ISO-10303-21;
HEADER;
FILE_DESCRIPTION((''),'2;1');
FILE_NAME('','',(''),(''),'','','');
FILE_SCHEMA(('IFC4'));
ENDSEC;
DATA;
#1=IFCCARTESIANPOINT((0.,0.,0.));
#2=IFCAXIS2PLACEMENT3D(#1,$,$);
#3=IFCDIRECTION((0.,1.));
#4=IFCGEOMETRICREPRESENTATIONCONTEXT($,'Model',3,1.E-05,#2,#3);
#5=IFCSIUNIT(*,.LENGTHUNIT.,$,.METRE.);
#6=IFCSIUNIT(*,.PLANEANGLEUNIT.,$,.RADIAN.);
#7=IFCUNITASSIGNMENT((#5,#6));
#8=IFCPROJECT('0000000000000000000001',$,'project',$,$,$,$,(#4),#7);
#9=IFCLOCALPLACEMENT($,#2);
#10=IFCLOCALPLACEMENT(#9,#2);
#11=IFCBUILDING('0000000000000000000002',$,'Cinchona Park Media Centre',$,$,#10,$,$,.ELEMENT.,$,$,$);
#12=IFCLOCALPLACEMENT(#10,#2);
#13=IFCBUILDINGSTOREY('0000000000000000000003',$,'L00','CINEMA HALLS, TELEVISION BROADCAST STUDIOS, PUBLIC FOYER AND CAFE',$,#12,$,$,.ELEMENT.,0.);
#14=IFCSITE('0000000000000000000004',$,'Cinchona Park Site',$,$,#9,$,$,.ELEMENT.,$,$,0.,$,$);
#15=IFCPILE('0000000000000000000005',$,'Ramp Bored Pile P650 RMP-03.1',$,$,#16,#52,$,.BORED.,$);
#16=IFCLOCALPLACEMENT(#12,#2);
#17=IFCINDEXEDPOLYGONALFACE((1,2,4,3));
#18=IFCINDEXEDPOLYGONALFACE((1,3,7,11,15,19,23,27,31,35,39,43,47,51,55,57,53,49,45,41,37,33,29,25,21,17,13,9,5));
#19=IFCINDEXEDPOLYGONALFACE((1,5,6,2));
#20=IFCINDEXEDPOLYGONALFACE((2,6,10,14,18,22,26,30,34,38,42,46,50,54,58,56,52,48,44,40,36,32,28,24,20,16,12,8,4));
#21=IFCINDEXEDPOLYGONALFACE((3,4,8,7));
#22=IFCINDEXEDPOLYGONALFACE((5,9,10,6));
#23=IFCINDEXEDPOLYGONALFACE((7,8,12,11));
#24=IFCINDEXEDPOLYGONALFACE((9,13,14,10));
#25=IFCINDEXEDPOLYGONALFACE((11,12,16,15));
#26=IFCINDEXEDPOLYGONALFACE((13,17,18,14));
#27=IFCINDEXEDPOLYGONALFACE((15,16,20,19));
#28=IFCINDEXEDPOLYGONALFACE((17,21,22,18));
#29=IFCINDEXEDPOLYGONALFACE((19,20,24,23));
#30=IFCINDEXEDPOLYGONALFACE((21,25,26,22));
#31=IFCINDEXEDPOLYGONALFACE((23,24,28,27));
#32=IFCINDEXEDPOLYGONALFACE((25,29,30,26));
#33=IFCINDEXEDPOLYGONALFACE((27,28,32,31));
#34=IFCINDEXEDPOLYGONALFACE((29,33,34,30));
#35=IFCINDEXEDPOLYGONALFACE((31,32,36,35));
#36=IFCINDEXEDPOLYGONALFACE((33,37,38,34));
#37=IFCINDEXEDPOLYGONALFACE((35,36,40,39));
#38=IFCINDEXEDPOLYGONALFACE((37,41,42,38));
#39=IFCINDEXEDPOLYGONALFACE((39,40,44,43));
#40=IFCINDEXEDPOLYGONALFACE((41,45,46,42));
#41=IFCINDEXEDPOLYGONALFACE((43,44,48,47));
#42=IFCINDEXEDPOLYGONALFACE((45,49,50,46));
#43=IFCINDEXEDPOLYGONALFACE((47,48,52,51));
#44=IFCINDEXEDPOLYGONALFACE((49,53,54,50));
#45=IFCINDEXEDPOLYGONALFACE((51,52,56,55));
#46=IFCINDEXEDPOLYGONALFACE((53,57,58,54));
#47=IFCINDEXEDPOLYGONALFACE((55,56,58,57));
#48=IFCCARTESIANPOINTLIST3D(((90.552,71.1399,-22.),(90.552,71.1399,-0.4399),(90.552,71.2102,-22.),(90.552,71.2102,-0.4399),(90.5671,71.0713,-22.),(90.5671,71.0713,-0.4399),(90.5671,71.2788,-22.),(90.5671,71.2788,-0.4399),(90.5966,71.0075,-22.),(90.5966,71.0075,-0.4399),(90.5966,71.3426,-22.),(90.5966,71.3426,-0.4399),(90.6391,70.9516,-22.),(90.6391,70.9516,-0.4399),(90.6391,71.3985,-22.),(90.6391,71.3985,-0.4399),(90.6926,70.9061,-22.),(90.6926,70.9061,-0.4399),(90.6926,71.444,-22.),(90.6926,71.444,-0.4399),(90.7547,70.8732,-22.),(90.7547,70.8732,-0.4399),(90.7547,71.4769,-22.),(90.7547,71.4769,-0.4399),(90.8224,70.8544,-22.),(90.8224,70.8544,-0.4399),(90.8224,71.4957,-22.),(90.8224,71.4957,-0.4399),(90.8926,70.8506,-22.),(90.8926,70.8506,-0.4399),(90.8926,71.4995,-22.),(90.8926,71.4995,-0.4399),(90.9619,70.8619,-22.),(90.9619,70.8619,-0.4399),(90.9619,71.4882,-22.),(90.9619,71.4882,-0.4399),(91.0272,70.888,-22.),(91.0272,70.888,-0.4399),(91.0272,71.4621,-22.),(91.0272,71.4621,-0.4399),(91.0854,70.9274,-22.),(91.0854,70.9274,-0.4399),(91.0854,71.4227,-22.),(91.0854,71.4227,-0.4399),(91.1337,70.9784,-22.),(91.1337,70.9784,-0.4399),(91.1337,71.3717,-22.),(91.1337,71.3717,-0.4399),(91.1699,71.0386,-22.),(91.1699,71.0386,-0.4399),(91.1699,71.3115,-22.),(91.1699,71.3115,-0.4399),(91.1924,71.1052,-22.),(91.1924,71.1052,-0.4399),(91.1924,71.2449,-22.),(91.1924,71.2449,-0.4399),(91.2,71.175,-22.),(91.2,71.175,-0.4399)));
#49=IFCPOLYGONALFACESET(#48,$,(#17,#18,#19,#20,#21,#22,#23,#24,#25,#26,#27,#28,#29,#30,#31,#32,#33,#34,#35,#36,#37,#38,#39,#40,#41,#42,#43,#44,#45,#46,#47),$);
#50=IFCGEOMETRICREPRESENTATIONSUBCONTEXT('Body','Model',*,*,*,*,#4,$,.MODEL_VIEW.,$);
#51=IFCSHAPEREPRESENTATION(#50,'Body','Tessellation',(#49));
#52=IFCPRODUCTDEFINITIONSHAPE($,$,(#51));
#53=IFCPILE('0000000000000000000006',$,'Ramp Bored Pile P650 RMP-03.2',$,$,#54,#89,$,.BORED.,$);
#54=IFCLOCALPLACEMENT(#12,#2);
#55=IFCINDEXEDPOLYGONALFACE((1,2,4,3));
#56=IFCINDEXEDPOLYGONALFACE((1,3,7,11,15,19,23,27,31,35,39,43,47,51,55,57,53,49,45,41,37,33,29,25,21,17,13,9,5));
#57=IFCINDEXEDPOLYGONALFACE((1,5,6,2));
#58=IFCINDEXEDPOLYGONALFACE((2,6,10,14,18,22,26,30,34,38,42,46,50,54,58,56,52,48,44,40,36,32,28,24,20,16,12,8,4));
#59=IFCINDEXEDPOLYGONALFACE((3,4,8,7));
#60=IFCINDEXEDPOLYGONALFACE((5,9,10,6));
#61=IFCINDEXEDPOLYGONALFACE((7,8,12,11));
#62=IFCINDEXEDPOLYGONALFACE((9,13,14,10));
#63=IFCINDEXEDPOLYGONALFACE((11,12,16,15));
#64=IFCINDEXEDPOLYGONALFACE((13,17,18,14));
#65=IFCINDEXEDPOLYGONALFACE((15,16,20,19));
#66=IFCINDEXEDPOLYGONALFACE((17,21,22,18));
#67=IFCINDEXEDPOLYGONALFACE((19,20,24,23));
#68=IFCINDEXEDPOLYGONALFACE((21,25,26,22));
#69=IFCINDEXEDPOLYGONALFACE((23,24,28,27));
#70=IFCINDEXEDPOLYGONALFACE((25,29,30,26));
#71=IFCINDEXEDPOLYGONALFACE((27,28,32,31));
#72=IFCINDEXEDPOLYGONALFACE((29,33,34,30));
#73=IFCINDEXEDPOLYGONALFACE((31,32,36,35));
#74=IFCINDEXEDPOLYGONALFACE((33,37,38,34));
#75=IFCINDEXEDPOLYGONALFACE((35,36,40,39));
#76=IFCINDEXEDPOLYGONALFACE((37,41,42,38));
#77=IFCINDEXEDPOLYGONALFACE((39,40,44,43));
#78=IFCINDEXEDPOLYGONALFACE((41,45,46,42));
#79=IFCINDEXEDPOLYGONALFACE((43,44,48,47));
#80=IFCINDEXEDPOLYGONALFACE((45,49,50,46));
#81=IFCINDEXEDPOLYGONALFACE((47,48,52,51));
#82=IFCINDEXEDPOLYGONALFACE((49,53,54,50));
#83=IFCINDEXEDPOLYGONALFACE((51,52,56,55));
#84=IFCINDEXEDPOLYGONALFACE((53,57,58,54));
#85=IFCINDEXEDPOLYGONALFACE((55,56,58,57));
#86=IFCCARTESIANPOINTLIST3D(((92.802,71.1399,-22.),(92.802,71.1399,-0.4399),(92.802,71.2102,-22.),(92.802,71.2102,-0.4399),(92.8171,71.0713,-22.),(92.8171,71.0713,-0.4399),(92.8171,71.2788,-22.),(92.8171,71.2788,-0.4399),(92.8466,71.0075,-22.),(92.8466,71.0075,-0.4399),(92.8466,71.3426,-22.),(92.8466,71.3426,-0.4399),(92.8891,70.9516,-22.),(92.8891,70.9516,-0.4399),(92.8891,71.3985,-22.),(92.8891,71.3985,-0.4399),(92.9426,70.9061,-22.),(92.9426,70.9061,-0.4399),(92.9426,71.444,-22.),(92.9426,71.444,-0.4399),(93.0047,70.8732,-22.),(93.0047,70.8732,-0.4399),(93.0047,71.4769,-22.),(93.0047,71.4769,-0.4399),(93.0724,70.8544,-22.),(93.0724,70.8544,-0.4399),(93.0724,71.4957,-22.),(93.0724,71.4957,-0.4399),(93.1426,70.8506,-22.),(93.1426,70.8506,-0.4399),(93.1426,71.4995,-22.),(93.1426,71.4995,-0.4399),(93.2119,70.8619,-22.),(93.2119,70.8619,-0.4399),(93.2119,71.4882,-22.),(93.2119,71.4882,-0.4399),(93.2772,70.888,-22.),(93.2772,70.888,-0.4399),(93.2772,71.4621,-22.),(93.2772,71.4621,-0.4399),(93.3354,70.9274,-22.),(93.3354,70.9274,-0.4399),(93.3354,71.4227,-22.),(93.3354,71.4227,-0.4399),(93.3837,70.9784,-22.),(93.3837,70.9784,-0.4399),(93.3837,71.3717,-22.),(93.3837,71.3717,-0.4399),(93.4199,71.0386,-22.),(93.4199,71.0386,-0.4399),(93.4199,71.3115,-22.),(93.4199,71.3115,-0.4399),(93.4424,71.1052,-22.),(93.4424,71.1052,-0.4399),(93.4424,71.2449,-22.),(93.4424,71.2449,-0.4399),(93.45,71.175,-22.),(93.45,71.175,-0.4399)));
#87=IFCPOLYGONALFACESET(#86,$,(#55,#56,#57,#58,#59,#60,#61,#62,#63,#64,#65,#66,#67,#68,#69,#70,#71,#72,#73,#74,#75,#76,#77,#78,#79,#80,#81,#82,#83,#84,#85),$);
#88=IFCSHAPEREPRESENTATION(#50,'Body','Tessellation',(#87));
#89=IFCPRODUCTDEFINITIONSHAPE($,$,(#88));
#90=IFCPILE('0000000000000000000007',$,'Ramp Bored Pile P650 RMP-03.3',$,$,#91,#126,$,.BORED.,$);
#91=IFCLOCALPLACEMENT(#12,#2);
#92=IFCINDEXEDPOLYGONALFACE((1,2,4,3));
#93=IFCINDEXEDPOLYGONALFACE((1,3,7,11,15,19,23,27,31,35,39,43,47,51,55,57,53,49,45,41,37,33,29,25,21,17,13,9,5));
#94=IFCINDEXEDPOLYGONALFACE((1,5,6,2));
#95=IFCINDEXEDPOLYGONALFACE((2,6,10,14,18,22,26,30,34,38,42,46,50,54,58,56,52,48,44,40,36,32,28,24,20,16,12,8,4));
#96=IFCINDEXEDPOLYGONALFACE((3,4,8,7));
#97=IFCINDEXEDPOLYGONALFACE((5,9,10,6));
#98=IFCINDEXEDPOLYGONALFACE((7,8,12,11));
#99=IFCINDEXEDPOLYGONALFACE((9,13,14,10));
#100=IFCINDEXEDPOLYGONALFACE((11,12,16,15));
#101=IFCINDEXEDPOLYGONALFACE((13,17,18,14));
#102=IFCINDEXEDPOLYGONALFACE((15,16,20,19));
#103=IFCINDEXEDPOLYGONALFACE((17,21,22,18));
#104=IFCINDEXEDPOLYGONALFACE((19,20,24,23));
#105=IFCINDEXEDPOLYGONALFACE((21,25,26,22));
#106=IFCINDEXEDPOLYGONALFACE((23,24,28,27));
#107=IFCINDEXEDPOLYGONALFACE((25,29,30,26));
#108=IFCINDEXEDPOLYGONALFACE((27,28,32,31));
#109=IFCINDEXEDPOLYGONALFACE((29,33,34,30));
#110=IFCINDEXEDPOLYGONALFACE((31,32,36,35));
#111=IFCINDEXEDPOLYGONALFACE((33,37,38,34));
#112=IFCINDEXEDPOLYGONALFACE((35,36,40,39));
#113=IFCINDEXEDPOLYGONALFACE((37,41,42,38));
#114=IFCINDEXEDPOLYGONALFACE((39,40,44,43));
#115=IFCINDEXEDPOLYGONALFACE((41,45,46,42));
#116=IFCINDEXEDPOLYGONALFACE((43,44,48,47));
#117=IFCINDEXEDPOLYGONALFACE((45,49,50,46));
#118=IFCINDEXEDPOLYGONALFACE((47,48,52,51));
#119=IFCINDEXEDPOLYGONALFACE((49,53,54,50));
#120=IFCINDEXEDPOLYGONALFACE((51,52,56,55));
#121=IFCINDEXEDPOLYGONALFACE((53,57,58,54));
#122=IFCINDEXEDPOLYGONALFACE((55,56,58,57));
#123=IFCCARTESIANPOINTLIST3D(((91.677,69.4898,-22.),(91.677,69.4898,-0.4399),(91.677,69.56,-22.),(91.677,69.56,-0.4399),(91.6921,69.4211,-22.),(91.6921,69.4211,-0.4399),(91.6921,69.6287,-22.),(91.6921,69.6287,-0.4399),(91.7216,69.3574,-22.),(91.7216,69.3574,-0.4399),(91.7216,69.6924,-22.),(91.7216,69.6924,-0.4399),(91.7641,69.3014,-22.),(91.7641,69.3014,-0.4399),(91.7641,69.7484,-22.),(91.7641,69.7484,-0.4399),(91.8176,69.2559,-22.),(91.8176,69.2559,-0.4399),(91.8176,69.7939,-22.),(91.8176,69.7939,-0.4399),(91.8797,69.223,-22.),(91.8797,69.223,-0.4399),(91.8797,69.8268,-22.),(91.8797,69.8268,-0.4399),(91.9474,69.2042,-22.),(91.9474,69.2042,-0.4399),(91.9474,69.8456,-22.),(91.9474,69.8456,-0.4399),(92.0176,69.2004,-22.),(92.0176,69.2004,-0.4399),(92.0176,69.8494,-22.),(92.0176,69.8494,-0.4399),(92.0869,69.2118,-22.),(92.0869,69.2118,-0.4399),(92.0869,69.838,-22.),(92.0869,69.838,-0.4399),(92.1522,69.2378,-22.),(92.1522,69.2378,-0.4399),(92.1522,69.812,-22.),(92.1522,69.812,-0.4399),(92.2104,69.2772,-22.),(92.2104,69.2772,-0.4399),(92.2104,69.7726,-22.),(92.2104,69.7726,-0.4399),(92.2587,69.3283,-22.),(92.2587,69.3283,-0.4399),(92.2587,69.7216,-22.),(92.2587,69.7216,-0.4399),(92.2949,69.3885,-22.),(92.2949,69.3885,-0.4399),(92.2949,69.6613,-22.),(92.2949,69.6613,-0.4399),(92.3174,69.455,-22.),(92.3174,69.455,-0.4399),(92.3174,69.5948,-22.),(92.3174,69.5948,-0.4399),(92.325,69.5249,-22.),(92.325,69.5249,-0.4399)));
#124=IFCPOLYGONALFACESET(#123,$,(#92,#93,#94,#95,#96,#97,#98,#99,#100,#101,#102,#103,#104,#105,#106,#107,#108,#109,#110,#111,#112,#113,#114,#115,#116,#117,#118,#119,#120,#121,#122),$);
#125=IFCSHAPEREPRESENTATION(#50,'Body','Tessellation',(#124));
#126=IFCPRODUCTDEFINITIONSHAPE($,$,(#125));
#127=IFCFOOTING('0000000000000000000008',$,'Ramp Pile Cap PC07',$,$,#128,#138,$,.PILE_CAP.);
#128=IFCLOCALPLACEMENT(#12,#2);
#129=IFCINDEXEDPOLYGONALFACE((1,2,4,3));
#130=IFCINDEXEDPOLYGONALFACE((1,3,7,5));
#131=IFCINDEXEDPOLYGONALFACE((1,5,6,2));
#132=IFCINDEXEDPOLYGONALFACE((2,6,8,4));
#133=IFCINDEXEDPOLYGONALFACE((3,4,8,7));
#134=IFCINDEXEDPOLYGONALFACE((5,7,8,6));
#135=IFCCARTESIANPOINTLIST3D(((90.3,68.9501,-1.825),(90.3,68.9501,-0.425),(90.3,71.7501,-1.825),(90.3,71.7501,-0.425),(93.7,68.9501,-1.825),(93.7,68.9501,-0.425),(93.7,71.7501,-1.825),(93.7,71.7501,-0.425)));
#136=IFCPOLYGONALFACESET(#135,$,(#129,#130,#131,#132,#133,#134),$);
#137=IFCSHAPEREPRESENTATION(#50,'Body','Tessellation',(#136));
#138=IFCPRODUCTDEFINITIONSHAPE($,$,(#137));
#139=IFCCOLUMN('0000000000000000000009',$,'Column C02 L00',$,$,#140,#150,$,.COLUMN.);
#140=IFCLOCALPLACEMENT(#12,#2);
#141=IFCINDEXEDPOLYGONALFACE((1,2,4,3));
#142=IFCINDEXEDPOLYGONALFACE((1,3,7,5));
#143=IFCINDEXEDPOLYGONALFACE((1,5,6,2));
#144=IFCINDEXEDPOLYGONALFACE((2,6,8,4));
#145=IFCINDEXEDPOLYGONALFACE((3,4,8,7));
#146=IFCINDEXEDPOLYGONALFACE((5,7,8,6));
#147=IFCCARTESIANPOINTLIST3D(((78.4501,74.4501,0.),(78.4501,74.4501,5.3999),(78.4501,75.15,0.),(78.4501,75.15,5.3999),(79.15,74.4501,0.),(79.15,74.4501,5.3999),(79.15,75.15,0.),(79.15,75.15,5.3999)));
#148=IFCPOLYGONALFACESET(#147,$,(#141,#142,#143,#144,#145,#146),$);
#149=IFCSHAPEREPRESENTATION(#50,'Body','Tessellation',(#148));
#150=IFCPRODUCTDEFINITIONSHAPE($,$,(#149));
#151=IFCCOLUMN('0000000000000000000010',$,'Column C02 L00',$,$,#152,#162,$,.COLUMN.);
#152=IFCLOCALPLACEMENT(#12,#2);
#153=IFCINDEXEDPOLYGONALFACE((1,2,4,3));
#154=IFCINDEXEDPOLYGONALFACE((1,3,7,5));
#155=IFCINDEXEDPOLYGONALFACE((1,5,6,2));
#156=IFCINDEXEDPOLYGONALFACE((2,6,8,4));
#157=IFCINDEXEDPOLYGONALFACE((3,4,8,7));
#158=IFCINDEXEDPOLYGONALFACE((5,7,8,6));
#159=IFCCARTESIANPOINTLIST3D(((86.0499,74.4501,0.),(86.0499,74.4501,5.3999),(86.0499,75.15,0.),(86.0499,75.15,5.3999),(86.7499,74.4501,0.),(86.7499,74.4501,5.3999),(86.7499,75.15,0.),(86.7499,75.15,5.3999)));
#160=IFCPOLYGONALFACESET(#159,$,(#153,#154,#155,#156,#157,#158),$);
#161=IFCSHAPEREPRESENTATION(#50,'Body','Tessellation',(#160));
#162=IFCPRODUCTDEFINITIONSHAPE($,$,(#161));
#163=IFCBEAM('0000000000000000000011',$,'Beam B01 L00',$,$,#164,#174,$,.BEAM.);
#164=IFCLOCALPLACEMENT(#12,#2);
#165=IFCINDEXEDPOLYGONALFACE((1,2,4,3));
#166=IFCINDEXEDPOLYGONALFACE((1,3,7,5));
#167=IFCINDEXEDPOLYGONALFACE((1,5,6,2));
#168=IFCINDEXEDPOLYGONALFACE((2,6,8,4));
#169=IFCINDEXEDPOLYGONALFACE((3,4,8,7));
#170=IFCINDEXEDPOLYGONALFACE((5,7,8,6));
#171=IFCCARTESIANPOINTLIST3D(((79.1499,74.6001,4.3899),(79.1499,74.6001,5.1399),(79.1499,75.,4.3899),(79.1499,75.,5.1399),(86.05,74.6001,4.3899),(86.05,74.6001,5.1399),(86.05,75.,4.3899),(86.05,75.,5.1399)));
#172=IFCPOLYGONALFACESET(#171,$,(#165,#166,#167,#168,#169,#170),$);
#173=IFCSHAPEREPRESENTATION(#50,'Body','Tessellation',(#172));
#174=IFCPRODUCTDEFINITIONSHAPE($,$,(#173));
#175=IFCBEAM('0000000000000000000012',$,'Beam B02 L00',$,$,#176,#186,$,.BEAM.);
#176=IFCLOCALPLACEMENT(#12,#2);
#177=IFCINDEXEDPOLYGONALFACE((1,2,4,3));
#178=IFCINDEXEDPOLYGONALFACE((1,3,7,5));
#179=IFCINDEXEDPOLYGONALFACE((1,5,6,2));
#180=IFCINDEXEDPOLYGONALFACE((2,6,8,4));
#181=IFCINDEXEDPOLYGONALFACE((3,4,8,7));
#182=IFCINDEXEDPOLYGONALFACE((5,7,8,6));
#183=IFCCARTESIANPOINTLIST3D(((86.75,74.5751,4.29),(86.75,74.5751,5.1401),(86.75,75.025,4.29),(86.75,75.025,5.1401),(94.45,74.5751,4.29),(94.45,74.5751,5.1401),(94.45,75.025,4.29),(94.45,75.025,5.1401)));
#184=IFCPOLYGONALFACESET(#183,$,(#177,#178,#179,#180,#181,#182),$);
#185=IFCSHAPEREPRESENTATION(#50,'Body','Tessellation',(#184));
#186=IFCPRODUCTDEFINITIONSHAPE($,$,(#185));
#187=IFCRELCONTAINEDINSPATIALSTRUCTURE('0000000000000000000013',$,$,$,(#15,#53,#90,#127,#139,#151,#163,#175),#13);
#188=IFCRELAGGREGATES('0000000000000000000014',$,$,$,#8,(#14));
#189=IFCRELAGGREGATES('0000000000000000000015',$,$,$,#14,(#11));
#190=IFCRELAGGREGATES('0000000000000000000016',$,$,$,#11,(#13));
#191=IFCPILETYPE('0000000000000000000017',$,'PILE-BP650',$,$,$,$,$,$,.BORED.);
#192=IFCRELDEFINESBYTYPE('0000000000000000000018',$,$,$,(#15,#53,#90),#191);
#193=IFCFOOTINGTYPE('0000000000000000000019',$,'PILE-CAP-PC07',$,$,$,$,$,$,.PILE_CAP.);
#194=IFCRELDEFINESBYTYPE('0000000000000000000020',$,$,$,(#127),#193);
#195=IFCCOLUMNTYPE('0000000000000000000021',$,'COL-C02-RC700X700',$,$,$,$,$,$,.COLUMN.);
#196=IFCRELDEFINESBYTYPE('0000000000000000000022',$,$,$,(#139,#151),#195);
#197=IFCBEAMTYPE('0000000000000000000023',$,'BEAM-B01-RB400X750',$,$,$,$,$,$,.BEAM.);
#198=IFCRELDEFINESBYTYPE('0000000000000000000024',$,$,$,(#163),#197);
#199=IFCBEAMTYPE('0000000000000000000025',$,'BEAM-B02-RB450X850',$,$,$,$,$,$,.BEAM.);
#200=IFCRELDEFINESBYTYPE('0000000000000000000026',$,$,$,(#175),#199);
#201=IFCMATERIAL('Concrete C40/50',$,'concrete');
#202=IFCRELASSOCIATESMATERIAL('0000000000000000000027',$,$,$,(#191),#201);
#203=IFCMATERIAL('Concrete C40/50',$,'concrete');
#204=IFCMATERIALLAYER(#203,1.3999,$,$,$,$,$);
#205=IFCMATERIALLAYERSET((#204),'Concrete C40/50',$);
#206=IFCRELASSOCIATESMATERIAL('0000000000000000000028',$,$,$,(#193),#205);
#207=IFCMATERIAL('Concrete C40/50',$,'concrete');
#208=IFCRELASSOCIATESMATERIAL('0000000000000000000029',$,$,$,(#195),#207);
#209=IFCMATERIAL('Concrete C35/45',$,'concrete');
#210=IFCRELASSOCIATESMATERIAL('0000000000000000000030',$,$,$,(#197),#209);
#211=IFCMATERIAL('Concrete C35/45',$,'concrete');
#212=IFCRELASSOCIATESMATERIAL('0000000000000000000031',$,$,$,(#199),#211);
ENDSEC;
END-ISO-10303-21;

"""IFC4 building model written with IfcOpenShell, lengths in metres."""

from ifc_helpers import new_model, si_unit, direction, frame, origin, origin_2d, place, context, subcontext, project, spatial, rectangle, circle, extrude, material, layer, layer_set, material_profile, profile_set, type_object, element, save


model = new_model("IFC4")

# Units and contexts
model_context = context("Model", 3, precision=1e-05, world=origin(), true_north=direction((0.0, 1.0)))
body_context = subcontext(model_context, "Body", "Model", "MODEL_VIEW")
ifc_project = project(units=[si_unit("LENGTHUNIT", "METRE"), si_unit("PLANEANGLEUNIT", "RADIAN")], contexts=[model_context])

# Site, building, storey
site_placement = place(None, origin())
site = spatial("IfcSite", under=ifc_project, at=site_placement, Name="Cinchona Park Site", CompositionType="ELEMENT", RefElevation=0.0)
building_placement = place(site_placement, origin())
building = spatial("IfcBuilding", under=site, at=building_placement, Name="Cinchona Park Media Centre", CompositionType="ELEMENT")
storey_placement = place(building_placement, origin())
storey = spatial("IfcBuildingStorey", under=building, at=storey_placement, Name="L00", Description="CINEMA HALLS, TELEVISION BROADCAST STUDIOS, PUBLIC FOYER AND CAFE", CompositionType="ELEMENT", Elevation=0.0)

# Piles
ifc_material_1 = material(Name="Concrete C40/50", Category="concrete")
ifc_material_profile_1 = material_profile(ifc_material_1, circle(Radius=0.325, at=origin_2d()), Name="BORED PILE 650")
ifc_profile_set_1 = profile_set([ifc_material_profile_1], Name="Concrete C40/50")
pile_type = type_object("IfcPileType", Name="PILE-BP650", PredefinedType="BORED", material=ifc_profile_set_1)
for number, where, z_axis, x_axis, name in (
    (1, (90.875, 71.175, -0.4399), (0.0, 0.0, -1.0), (1.0, 0.0, 0.0), "Ramp Bored Pile P650 RMP-03.1"),
    (2, (93.125, 71.175, -0.4399), (0.0, 0.0, -1.0), (1.0, 0.0, 0.0), "Ramp Bored Pile P650 RMP-03.2"),
    (3, (92.0, 69.5249, -0.4399), (0.0, 0.0, -1.0), (1.0, 0.0, 0.0), "Ramp Bored Pile P650 RMP-03.3"),
):
    element("IfcPile", number, at=place(storey_placement, frame(where, z_axis=z_axis, x_axis=x_axis)), inside=storey, type_object=pile_type, Name=name, PredefinedType="BORED", context=body_context, shape_type="SweptSolid", body=[
        extrude(circle(Radius=0.325, at=origin_2d()), origin(), (0.0, 0.0, 1.0), 21.5601),
    ])

# Footing
ifc_material_2 = material(Name="Concrete C40/50", Category="concrete")
ifc_layer_1 = layer(ifc_material_2, 1.3999)
ifc_layer_set_1 = layer_set([ifc_layer_1], Name="Concrete C40/50")
footing_type = type_object("IfcFootingType", Name="PILE-CAP-PC07", PredefinedType="PILE_CAP", material=ifc_layer_set_1)
footing_placement = place(storey_placement, frame((92.0, 70.3501, -1.825), z_axis=(0.0, 0.0, 1.0), x_axis=(1.0, 0.0, 0.0)))
element("IfcFooting", 4, at=footing_placement, inside=storey, type_object=footing_type, Name="Ramp Pile Cap PC07", PredefinedType="PILE_CAP", context=body_context, shape_type="SweptSolid", body=[
    extrude(rectangle(XDim=3.3999, YDim=2.8, at=origin_2d()), origin(), (0.0, 0.0, 1.0), 1.3999),
])

# Columns
ifc_material_3 = material(Name="Concrete C40/50", Category="concrete")
ifc_material_profile_2 = material_profile(ifc_material_3, rectangle(XDim=0.7, YDim=0.7, at=origin_2d()), Name="RC 700X700")
ifc_profile_set_2 = profile_set([ifc_material_profile_2], Name="Concrete C40/50")
column_type = type_object("IfcColumnType", Name="COL-C02-RC700X700", PredefinedType="COLUMN", material=ifc_profile_set_2)
for number, where, z_axis, x_axis, name in (
    (5, (78.8, 74.8, 0.0), (0.0, 0.0, 1.0), (1.0, 0.0, 0.0), "Column C02 L00"),
    (6, (86.3999, 74.8, 0.0), (0.0, 0.0, 1.0), (1.0, 0.0, 0.0), "Column C02 L00"),
):
    element("IfcColumn", number, at=place(storey_placement, frame(where, z_axis=z_axis, x_axis=x_axis)), inside=storey, type_object=column_type, Name=name, PredefinedType="COLUMN", context=body_context, shape_type="SweptSolid", body=[
        extrude(rectangle(XDim=0.7, YDim=0.7, at=origin_2d()), origin(), (0.0, 0.0, 1.0), 5.3999),
    ])

# Beams
ifc_material_4 = material(Name="Concrete C35/45", Category="concrete")
ifc_material_profile_3 = material_profile(ifc_material_4, rectangle(XDim=0.3999, YDim=0.75, at=origin_2d()), Name="RB 400X750")
ifc_profile_set_3 = profile_set([ifc_material_profile_3], Name="Concrete C35/45")
beam_type_1 = type_object("IfcBeamType", Name="BEAM-B01-RB400X750", PredefinedType="BEAM", material=ifc_profile_set_3)
beam_1_placement = place(storey_placement, frame((79.1499, 74.8, 4.7649), z_axis=(1.0, 0.0, 0.0), x_axis=(0.0, 1.0, 0.0)))
element("IfcBeam", 7, at=beam_1_placement, inside=storey, type_object=beam_type_1, Name="Beam B01 L00", PredefinedType="BEAM", context=body_context, shape_type="SweptSolid", body=[
    extrude(rectangle(XDim=0.3999, YDim=0.75, at=origin_2d()), origin(), (0.0, 0.0, 1.0), 6.9001),
])
ifc_material_5 = material(Name="Concrete C35/45", Category="concrete")
ifc_material_profile_4 = material_profile(ifc_material_5, rectangle(XDim=0.45, YDim=0.8501, at=origin_2d()), Name="RB 450X850")
ifc_profile_set_4 = profile_set([ifc_material_profile_4], Name="Concrete C35/45")
beam_type_2 = type_object("IfcBeamType", Name="BEAM-B02-RB450X850", PredefinedType="BEAM", material=ifc_profile_set_4)
beam_2_placement = place(storey_placement, frame((86.75, 74.8, 4.7151), z_axis=(1.0, 0.0, 0.0), x_axis=(0.0, 1.0, 0.0)))
element("IfcBeam", 8, at=beam_2_placement, inside=storey, type_object=beam_type_2, Name="Beam B02 L00", PredefinedType="BEAM", context=body_context, shape_type="SweptSolid", body=[
    extrude(rectangle(XDim=0.45, YDim=0.8501, at=origin_2d()), origin(), (0.0, 0.0, 1.0), 7.7),
])

save(model, "model.ifc")
